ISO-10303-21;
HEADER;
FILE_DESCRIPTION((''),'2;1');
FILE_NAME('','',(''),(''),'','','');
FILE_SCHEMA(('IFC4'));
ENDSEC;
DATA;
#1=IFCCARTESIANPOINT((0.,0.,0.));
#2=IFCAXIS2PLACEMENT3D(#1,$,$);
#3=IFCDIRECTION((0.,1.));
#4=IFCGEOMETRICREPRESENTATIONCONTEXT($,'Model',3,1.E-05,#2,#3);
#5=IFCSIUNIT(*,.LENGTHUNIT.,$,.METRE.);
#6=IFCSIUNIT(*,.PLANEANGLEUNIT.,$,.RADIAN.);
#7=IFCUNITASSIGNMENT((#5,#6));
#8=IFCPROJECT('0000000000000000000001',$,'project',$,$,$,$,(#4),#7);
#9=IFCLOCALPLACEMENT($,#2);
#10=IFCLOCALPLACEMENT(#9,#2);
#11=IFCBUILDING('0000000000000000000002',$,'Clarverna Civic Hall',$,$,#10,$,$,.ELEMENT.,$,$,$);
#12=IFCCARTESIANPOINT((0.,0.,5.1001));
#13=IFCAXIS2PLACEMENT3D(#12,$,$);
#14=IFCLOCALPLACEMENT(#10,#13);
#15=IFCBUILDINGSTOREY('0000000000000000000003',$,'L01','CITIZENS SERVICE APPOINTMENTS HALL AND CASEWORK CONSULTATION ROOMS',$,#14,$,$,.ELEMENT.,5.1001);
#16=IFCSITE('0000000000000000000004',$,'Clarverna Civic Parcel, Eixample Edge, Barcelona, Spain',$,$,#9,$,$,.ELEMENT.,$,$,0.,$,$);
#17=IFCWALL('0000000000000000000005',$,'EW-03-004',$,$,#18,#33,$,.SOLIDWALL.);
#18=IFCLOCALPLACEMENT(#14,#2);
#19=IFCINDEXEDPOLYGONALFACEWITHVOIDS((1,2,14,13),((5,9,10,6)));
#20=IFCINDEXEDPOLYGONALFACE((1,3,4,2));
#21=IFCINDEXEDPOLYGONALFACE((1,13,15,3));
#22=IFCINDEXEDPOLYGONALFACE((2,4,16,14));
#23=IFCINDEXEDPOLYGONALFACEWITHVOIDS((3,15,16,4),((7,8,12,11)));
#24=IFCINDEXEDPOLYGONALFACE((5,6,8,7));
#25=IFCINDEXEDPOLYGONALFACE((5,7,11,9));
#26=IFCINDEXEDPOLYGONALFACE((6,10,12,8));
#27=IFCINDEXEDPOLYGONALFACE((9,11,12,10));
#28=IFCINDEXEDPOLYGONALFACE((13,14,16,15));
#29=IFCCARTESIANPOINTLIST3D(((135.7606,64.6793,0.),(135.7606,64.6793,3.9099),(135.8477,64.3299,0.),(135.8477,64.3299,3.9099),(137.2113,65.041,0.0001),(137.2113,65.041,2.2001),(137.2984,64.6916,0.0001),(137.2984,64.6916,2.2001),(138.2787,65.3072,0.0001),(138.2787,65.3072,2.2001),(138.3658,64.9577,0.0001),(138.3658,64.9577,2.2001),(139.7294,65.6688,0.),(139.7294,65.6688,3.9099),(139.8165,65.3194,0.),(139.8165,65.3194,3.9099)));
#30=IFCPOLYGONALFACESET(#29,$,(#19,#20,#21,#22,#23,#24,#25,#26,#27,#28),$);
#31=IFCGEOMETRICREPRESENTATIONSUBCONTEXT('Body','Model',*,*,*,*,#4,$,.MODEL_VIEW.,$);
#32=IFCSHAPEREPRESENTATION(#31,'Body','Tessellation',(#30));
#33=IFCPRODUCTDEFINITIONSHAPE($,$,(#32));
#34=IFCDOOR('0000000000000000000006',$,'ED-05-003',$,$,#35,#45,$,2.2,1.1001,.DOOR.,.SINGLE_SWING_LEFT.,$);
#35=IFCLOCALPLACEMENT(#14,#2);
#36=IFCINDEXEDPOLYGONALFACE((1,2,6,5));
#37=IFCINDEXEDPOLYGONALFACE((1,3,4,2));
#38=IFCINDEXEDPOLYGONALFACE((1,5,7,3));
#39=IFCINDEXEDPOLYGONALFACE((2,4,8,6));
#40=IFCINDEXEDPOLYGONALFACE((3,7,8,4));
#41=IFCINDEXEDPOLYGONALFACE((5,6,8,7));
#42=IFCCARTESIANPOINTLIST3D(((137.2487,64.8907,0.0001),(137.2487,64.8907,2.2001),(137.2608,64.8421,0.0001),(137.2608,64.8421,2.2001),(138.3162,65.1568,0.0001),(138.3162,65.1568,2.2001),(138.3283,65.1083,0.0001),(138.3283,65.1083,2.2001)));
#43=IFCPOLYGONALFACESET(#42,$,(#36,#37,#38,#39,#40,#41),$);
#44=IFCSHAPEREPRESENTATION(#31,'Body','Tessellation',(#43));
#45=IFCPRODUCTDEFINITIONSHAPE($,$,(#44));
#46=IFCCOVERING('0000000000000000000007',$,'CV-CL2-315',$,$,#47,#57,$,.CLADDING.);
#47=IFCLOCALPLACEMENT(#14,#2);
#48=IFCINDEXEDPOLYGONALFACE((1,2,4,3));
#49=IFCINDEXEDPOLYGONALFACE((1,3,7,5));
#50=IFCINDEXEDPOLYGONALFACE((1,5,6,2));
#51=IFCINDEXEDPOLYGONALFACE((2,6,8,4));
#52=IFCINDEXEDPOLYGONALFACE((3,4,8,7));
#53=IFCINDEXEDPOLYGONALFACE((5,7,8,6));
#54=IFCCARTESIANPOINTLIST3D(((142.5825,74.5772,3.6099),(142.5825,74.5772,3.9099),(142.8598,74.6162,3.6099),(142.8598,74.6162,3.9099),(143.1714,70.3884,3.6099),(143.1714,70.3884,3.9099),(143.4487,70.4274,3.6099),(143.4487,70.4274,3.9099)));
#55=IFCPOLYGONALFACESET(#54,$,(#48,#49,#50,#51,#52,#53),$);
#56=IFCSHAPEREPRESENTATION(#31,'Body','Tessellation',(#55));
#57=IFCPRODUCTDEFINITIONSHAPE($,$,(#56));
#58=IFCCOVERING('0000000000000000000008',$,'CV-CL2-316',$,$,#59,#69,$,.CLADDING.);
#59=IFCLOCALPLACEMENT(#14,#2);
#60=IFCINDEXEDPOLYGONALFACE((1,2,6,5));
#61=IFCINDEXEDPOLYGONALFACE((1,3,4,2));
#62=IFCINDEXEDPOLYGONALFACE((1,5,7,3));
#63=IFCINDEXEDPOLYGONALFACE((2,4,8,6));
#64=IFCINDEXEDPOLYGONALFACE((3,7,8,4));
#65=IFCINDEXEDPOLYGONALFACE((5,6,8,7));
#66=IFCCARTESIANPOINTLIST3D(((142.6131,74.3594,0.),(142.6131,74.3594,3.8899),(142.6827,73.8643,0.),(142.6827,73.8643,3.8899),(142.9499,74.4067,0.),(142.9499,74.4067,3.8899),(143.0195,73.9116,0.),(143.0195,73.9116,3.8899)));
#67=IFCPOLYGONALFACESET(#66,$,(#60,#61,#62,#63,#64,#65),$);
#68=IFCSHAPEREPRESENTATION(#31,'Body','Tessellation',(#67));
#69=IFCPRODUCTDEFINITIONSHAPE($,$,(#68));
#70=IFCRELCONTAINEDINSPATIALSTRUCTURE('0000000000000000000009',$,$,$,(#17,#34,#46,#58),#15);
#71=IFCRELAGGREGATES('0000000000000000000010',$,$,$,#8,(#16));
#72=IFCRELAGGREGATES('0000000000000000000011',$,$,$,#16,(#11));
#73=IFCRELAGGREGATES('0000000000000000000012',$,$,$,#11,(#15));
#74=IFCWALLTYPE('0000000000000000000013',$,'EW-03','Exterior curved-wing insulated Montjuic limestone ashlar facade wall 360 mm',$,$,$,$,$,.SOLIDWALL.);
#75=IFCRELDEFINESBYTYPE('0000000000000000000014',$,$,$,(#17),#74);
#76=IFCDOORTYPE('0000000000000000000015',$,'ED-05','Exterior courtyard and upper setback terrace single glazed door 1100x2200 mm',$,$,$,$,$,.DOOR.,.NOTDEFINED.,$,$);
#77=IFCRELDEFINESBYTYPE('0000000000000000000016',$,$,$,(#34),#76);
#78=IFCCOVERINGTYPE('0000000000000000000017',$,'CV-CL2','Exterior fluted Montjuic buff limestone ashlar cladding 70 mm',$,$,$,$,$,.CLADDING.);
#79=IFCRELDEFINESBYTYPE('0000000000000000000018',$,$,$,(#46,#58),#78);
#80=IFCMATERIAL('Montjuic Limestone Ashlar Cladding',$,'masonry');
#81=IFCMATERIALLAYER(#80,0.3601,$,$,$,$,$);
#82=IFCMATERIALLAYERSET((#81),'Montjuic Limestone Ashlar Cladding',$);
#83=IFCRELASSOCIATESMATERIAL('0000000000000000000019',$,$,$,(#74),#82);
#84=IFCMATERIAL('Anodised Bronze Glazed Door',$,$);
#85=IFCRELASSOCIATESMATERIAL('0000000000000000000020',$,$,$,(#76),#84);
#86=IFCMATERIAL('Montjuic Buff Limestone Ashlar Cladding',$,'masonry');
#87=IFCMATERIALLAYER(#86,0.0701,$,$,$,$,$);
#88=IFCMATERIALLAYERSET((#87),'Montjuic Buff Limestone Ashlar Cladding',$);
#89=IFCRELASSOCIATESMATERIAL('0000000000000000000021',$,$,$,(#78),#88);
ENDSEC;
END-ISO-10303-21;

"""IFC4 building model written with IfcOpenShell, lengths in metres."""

from ifc_helpers import new_model, si_unit, direction, frame, frame_2d, origin, place, context, subcontext, project, spatial, rectangle, extrude, material, layer, layer_set, type_object, element, fill, save


model = new_model("IFC4")

# Units and contexts
model_context = context("Model", 3, precision=1e-05, world=origin(), true_north=direction((0.0, 1.0)))
body_context = subcontext(model_context, "Body", "Model", "MODEL_VIEW")
ifc_project = project(units=[si_unit("LENGTHUNIT", "METRE"), si_unit("PLANEANGLEUNIT", "RADIAN")], contexts=[model_context])

# Site, building, storey
site_placement = place(None, origin())
site = spatial("IfcSite", under=ifc_project, at=site_placement, Name="Clarverna Civic Parcel, Eixample Edge, Barcelona, Spain", CompositionType="ELEMENT", RefElevation=0.0)
building_placement = place(site_placement, origin())
building = spatial("IfcBuilding", under=site, at=building_placement, Name="Clarverna Civic Hall", CompositionType="ELEMENT")
storey_placement = place(building_placement, frame((0.0, 0.0, 5.1001)))
storey = spatial("IfcBuildingStorey", under=building, at=storey_placement, Name="L01", Description="CITIZENS SERVICE APPOINTMENTS HALL AND CASEWORK CONSULTATION ROOMS", CompositionType="ELEMENT", Elevation=5.1001)

# Shared definitions
ifc_material_1 = material(Name="Montjuic Limestone Ashlar Cladding", Category="masonry")
ifc_layer_1 = layer(ifc_material_1, 0.3601)
ifc_layer_set_1 = layer_set([ifc_layer_1], Name="Montjuic Limestone Ashlar Cladding")
wall_type = type_object("IfcWallType", Name="EW-03", Description="Exterior curved-wing insulated Montjuic limestone ashlar facade wall 360 mm", PredefinedType="SOLIDWALL", material=ifc_layer_set_1)

# Wall, opening, door
ifc_material_2 = material(Name="Anodised Bronze Glazed Door")
door_type = type_object("IfcDoorType", Name="ED-05", Description="Exterior courtyard and upper setback terrace single glazed door 1100x2200 mm", OperationType="NOTDEFINED", PredefinedType="DOOR", material=ifc_material_2)
wall_1_placement = place(storey_placement, frame((139.7729, 65.4941, 0.0), z_axis=(0.0, 0.0, 1.0), x_axis=(-0.970297, -0.241918, 0.0)))
wall_1 = element("IfcWall", 1, at=wall_1_placement, inside=storey, type_object=wall_type, Name="EW-03-004", PredefinedType="SOLIDWALL", context=body_context, shape_type="SweptSolid", body=[
    extrude(rectangle(XDim=4.0903, YDim=0.3601, at=frame_2d((2.0452, 0.0))), origin(), (0.0, 0.0, 1.0), 3.9099),
])
opening_1_placement = place(wall_1_placement, frame((1.4951, 0.0, 0.0)))
opening_1 = element("IfcOpeningElement", 2, at=opening_1_placement, cuts=wall_1, PredefinedType="OPENING", context=body_context, shape_type="SweptSolid", body=[
    extrude(rectangle(XDim=1.1001, YDim=2.2, at=frame_2d((0.55, 1.1001))), frame((0.0, 0.1899, 0.0), z_axis=(0.0, -1.0, 0.0), x_axis=(1.0, 0.0, 0.0)), (0.0, 0.0, 1.0), 0.3801),
])
door_1_placement = place(opening_1_placement, origin())
door_1 = element("IfcDoor", 3, at=door_1_placement, inside=storey, type_object=door_type, Name="ED-05-003", OperationType="SINGLE_SWING_LEFT", OverallHeight=2.2, OverallWidth=1.1001, PredefinedType="DOOR", context=body_context, shape_type="SweptSolid", body=[
    extrude(rectangle(XDim=1.1001, YDim=2.2, at=frame_2d((0.55, 1.1001))), frame((0.0, 0.0249, 0.0), z_axis=(0.0, -1.0, 0.0), x_axis=(1.0, 0.0, 0.0)), (0.0, 0.0, 1.0), 0.05),
])
fill(opening_1, door_1)

# Coverings
ifc_material_3 = material(Name="Montjuic Buff Limestone Ashlar Cladding", Category="masonry")
ifc_layer_2 = layer(ifc_material_3, 0.0701)
ifc_layer_set_2 = layer_set([ifc_layer_2], Name="Montjuic Buff Limestone Ashlar Cladding")
covering_type = type_object("IfcCoveringType", Name="CV-CL2", Description="Exterior fluted Montjuic buff limestone ashlar cladding 70 mm", PredefinedType="CLADDING", material=ifc_layer_set_2)
covering_1_placement = place(storey_placement, frame((142.7212, 74.5967, 3.6099), z_axis=(0.0, 0.0, 1.0), x_axis=(0.139215, -0.990262, 0.0)))
element("IfcCovering", 4, at=covering_1_placement, inside=storey, type_object=covering_type, Name="CV-CL2-315", PredefinedType="CLADDING", context=body_context, shape_type="SweptSolid", body=[
    extrude(rectangle(XDim=4.23, YDim=0.28, at=frame_2d((2.115, 0.0))), origin(), (0.0, 0.0, 1.0), 0.3),
])
covering_2_placement = place(storey_placement, frame((142.7815, 74.3831, 0.0), z_axis=(0.0, 0.0, 1.0), x_axis=(0.139165, -0.990269, 0.0)))
element("IfcCovering", 5, at=covering_2_placement, inside=storey, type_object=covering_type, Name="CV-CL2-316", PredefinedType="CLADDING", context=body_context, shape_type="SweptSolid", body=[
    extrude(rectangle(XDim=0.5, YDim=0.3401, at=frame_2d((0.25, 0.0))), origin(), (0.0, 0.0, 1.0), 3.8899),
])

save(model, "model.ifc")
